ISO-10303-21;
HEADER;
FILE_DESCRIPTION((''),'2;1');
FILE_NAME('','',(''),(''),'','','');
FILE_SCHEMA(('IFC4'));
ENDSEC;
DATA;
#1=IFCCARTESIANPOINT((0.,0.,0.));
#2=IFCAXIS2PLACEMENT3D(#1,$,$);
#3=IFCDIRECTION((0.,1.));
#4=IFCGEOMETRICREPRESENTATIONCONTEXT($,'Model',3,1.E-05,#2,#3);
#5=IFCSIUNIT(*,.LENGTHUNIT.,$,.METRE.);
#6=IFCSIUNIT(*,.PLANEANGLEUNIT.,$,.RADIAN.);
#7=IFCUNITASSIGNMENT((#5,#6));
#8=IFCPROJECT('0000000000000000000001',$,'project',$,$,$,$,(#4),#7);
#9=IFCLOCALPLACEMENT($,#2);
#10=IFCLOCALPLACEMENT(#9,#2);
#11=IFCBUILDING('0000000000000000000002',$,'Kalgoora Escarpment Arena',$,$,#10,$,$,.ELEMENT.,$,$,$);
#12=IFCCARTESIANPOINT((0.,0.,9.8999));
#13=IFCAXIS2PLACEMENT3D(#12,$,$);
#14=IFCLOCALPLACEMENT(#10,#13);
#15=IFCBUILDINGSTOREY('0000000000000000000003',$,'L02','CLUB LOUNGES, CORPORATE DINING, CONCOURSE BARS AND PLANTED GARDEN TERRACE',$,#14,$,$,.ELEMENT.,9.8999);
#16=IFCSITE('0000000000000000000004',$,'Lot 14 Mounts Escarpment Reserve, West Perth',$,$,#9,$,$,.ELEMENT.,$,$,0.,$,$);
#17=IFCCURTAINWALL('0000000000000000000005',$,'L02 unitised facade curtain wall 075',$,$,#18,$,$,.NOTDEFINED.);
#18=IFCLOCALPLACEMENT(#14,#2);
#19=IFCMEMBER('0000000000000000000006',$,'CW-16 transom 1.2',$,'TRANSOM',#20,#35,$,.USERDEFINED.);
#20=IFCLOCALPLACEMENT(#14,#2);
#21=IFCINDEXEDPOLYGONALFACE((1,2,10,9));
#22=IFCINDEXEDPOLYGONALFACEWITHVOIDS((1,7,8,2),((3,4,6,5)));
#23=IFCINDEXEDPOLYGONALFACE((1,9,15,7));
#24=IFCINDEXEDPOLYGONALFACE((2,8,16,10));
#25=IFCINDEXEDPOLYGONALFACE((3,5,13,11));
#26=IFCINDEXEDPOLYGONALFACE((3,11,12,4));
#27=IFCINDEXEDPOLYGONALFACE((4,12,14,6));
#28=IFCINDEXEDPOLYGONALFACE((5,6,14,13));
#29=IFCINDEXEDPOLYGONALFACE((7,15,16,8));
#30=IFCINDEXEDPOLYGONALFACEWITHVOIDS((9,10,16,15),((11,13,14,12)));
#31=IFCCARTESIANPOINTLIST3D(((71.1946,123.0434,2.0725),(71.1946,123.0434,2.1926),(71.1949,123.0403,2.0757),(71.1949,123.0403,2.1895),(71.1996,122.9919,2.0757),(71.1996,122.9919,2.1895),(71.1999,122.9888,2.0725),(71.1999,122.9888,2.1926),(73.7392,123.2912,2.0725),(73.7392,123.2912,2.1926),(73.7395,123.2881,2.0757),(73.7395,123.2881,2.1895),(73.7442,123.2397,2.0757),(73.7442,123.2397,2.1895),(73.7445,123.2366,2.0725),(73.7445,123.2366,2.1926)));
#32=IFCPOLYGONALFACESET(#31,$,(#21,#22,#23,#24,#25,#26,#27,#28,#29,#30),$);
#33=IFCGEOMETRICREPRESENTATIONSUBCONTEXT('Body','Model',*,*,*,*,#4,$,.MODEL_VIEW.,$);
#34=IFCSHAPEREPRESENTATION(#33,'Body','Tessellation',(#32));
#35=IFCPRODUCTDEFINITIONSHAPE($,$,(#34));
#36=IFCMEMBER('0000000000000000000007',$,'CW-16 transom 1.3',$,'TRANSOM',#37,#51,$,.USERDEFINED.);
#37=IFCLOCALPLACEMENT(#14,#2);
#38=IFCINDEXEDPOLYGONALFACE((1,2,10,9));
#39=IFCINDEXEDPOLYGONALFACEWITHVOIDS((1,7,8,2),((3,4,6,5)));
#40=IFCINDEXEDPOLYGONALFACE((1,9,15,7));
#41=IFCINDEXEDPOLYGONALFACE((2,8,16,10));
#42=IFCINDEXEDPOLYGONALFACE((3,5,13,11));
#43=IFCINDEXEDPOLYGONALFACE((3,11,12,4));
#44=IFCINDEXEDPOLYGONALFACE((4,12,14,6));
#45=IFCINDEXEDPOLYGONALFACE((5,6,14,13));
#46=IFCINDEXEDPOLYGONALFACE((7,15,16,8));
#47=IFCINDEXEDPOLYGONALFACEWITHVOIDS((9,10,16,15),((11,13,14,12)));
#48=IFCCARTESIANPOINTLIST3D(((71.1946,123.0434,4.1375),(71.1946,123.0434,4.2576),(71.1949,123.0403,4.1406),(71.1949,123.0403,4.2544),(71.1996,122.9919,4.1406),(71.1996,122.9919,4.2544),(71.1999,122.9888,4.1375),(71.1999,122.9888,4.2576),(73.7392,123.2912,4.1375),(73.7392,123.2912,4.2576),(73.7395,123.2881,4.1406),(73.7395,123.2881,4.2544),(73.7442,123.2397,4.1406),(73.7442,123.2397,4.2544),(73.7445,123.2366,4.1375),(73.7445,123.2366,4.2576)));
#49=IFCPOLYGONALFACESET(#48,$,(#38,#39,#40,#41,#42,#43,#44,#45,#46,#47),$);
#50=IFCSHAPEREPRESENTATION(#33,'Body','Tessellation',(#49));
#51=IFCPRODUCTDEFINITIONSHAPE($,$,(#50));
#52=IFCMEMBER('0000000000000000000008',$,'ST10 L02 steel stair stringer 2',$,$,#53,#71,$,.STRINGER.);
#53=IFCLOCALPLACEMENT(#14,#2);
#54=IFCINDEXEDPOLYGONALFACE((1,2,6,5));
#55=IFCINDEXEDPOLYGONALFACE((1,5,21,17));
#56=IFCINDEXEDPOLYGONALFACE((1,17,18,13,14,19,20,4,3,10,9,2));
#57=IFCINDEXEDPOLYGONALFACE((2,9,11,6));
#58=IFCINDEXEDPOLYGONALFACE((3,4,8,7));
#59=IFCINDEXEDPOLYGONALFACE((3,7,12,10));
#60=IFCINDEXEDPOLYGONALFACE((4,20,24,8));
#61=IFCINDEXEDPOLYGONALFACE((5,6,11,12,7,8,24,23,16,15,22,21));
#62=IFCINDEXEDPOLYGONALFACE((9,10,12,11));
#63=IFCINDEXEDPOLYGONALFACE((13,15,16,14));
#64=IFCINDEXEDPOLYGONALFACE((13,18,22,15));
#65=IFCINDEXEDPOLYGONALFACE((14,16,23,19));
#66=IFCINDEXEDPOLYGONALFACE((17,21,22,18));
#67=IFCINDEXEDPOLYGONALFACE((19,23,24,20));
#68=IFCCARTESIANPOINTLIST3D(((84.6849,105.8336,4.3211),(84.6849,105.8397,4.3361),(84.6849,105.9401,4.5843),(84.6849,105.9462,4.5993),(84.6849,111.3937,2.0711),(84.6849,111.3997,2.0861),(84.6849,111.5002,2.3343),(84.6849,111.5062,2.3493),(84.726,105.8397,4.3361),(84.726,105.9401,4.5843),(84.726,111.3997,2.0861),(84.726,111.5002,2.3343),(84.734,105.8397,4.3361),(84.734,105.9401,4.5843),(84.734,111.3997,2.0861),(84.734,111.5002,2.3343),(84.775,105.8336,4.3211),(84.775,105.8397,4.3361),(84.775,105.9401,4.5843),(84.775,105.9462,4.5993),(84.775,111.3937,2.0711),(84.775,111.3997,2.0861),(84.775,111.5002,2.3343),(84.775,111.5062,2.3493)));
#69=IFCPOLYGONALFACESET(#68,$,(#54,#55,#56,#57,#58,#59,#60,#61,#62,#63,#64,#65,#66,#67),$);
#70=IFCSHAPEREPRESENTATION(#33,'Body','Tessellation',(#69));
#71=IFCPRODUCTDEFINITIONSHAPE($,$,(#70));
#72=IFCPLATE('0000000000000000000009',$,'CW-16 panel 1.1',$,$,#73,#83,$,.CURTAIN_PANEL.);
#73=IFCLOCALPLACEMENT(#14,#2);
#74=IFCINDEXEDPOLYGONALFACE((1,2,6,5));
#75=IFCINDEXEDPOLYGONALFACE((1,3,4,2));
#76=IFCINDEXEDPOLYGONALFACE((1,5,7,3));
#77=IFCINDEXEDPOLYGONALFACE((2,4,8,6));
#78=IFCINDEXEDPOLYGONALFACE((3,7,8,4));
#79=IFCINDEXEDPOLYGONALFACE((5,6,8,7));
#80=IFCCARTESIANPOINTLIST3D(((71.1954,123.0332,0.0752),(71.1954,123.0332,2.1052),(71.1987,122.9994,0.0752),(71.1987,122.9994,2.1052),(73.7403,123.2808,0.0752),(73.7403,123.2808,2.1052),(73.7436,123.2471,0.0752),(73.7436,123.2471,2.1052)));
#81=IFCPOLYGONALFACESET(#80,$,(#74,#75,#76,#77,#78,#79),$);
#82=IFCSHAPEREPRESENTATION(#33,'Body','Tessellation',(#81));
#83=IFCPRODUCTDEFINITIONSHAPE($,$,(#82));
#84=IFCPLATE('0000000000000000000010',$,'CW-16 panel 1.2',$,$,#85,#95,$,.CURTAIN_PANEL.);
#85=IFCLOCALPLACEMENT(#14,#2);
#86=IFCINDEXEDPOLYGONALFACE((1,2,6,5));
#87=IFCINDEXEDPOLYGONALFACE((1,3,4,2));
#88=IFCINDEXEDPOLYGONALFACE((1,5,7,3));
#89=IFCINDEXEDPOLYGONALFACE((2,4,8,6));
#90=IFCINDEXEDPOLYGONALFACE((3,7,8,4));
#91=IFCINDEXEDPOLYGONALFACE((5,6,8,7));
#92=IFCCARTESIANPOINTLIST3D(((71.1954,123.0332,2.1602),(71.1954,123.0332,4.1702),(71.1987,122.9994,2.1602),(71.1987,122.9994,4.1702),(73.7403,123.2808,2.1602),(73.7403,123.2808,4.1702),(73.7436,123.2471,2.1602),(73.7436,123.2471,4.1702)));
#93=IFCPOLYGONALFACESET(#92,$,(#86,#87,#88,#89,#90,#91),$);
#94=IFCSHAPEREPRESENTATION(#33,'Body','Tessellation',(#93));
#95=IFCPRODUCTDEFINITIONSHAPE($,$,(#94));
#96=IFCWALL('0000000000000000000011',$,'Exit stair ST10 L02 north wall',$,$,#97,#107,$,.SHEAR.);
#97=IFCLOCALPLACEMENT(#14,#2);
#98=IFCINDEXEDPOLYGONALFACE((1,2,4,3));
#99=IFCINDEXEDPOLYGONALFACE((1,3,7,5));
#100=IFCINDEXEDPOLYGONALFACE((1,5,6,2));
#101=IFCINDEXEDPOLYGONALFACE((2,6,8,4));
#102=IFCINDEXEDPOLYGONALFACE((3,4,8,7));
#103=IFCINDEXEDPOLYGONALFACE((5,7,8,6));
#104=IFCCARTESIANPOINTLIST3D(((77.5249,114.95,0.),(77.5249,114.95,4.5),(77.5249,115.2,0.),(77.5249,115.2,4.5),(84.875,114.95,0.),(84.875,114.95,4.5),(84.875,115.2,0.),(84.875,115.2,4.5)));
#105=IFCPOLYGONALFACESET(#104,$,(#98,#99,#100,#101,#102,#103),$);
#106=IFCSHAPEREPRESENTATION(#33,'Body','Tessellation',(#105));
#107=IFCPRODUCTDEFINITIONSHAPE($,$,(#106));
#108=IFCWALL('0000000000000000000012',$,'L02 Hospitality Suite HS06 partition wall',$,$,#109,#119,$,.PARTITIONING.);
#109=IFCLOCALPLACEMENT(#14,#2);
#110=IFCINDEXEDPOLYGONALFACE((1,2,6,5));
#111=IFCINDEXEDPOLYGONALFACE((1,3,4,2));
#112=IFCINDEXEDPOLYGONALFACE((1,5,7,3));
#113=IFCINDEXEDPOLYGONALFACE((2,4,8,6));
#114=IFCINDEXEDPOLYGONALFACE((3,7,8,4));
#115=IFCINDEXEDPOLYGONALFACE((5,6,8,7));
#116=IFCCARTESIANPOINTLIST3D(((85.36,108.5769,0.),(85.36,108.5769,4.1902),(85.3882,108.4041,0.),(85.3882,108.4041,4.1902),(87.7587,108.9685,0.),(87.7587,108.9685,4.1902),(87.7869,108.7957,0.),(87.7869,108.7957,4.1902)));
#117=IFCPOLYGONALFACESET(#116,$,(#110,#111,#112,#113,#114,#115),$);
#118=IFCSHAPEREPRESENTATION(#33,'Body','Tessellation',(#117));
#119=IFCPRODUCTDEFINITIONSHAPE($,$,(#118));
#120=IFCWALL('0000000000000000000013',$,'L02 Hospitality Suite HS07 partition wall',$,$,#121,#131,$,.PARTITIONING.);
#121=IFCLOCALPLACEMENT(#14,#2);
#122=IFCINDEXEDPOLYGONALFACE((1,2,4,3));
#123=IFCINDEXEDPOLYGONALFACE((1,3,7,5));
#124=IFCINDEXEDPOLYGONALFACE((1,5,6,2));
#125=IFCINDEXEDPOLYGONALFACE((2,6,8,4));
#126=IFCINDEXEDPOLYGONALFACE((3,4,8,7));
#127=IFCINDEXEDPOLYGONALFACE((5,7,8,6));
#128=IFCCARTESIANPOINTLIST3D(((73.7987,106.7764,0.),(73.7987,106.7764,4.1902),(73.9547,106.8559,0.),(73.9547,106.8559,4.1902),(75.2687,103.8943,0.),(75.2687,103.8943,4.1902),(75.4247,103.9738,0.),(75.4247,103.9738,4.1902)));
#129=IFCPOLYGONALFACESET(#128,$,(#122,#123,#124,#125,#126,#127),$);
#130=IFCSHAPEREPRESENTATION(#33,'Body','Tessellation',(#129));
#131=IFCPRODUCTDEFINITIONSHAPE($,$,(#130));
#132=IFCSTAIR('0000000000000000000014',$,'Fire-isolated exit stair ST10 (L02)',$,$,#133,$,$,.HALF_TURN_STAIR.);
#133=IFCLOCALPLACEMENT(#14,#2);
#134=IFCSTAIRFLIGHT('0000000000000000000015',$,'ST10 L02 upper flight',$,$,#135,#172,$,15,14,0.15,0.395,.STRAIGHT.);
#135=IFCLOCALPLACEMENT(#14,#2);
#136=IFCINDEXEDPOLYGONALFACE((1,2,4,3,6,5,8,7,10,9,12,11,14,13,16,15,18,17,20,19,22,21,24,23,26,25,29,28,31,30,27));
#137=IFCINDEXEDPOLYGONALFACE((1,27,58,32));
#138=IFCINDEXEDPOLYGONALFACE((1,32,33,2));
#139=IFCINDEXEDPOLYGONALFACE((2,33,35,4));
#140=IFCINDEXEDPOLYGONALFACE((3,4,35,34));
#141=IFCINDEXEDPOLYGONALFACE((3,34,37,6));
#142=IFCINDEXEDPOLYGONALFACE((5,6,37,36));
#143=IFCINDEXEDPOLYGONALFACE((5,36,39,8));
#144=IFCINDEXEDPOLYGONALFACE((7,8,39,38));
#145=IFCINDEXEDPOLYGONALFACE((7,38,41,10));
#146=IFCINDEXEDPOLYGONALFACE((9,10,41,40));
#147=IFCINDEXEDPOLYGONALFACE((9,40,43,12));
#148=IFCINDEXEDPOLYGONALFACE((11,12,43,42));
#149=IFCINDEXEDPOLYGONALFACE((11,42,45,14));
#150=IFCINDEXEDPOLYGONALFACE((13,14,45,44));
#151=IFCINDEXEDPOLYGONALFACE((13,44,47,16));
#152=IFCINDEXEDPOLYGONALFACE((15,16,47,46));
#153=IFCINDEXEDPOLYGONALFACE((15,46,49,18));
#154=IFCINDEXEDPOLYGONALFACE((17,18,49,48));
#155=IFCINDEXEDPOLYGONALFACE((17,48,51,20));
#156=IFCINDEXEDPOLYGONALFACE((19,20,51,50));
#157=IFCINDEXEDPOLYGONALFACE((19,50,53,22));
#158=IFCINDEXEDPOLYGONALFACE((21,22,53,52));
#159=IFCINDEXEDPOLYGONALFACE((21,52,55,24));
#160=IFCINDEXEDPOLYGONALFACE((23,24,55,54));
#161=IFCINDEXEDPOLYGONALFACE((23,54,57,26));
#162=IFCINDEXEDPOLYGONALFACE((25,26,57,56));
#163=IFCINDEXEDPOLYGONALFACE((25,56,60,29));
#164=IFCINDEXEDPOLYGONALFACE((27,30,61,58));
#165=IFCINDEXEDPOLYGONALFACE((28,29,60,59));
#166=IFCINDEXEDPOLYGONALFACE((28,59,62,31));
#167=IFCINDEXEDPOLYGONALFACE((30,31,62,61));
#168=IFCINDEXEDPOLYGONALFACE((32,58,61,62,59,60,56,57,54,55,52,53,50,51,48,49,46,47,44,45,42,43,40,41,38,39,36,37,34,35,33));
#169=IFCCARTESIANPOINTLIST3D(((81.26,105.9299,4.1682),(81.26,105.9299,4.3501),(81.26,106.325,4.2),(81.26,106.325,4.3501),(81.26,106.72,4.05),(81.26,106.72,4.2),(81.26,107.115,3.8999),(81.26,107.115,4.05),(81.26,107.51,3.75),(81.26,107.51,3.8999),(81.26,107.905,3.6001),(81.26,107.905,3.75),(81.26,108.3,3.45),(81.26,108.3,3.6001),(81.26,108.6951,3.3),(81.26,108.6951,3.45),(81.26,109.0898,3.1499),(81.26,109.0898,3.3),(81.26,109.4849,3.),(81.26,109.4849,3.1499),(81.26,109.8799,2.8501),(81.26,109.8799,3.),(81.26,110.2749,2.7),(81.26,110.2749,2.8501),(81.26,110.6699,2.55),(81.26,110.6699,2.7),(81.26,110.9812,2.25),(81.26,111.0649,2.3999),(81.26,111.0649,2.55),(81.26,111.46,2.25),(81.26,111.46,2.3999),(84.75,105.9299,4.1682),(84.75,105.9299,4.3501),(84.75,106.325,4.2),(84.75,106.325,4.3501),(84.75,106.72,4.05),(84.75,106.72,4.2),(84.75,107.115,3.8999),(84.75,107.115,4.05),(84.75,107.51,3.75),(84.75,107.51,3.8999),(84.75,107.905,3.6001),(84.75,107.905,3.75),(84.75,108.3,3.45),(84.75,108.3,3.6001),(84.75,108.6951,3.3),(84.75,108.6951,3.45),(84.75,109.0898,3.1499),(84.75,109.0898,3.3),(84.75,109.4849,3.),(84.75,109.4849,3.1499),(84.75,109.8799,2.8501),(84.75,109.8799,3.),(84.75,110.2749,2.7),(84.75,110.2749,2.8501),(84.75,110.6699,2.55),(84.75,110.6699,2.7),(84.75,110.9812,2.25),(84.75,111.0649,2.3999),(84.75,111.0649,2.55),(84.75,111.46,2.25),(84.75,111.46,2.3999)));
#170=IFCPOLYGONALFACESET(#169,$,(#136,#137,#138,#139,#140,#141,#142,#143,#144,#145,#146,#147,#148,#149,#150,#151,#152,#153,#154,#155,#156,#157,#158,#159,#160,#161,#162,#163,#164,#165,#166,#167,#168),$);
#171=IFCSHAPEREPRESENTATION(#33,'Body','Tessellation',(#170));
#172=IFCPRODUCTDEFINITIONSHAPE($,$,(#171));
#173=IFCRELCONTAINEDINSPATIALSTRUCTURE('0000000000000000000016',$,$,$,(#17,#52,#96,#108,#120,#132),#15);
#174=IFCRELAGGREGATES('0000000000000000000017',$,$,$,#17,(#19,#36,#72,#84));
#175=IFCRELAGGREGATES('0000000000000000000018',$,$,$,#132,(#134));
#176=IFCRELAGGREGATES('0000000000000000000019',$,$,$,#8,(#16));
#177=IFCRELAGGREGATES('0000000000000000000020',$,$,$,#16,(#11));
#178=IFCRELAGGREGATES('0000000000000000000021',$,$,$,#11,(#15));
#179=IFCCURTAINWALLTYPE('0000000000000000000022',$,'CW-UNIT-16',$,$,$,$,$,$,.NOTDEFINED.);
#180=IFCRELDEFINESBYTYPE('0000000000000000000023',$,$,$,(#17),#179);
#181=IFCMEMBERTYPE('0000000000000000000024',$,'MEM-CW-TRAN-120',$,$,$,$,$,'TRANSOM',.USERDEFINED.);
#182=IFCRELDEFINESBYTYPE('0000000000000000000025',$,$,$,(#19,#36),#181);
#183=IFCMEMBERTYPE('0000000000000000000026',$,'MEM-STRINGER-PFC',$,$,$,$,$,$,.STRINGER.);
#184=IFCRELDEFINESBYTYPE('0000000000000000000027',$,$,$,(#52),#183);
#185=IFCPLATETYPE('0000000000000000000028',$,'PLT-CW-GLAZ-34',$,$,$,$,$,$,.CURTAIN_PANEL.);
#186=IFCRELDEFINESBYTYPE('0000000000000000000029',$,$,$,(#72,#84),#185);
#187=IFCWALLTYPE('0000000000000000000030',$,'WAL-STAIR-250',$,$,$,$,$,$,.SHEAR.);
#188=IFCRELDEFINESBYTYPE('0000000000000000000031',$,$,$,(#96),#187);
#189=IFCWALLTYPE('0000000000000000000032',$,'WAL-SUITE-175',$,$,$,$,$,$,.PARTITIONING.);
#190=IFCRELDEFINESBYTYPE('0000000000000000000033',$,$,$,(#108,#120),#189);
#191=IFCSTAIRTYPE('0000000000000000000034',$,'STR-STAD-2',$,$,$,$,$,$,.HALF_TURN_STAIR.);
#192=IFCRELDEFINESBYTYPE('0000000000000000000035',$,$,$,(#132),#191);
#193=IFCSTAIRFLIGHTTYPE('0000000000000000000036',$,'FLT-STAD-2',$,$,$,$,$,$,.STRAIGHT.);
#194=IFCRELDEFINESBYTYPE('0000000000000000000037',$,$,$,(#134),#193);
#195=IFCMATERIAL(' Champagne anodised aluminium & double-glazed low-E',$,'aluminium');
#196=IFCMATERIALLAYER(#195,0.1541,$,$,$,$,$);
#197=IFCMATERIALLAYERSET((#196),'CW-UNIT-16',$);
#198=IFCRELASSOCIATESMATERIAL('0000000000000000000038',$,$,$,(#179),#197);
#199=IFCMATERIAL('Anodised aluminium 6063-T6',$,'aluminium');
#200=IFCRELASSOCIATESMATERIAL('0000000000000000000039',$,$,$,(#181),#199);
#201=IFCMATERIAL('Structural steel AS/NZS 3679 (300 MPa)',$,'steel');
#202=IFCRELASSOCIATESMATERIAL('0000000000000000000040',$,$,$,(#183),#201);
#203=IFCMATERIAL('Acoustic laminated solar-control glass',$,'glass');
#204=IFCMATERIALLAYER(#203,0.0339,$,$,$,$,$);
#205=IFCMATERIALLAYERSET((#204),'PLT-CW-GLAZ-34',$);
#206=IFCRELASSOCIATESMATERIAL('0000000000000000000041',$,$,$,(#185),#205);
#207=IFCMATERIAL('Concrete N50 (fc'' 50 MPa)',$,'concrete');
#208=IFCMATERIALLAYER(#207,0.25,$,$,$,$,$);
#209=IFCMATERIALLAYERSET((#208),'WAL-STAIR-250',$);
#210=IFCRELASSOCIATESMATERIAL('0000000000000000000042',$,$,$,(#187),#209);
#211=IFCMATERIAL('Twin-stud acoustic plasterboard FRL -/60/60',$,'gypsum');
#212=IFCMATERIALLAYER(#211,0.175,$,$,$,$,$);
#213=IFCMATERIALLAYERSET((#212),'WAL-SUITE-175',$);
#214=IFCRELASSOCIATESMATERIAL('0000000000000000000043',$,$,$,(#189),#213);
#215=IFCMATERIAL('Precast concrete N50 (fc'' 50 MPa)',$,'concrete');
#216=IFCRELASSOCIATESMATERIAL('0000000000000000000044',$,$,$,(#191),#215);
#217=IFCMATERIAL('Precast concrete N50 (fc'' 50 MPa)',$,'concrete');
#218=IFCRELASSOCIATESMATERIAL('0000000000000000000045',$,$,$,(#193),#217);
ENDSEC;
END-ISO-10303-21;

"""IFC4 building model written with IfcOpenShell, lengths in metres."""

from ifc_helpers import new_model, si_unit, direction, frame, frame_2d, origin, origin_2d, place, context, subcontext, project, spatial, polyline, rectangle, hollow_rectangle, i_section, outline, extrude, material, layer, layer_set, material_profile, profile_set, type_object, element, aggregate, save


model = new_model("IFC4")

# Units and contexts
model_context = context("Model", 3, precision=1e-05, world=origin(), true_north=direction((0.0, 1.0)))
body_context = subcontext(model_context, "Body", "Model", "MODEL_VIEW")
ifc_project = project(units=[si_unit("LENGTHUNIT", "METRE"), si_unit("PLANEANGLEUNIT", "RADIAN")], contexts=[model_context])

# Site, building, storey
site_placement = place(None, origin())
site = spatial("IfcSite", under=ifc_project, at=site_placement, Name="Lot 14 Mounts Escarpment Reserve, West Perth", CompositionType="ELEMENT", RefElevation=0.0)
building_placement = place(site_placement, origin())
building = spatial("IfcBuilding", under=site, at=building_placement, Name="Kalgoora Escarpment Arena", CompositionType="ELEMENT")
storey_placement = place(building_placement, frame((0.0, 0.0, 9.8999)))
storey = spatial("IfcBuildingStorey", under=building, at=storey_placement, Name="L02", Description="CLUB LOUNGES, CORPORATE DINING, CONCOURSE BARS AND PLANTED GARDEN TERRACE", CompositionType="ELEMENT", Elevation=9.8999)

# Curtain wall, members
ifc_material_1 = material(Name=" Champagne anodised aluminium & double-glazed low-E", Category="aluminium")
ifc_layer_1 = layer(ifc_material_1, 0.1541)
ifc_layer_set_1 = layer_set([ifc_layer_1], Name="CW-UNIT-16")
curtain_wall_type = type_object("IfcCurtainWallType", Name="CW-UNIT-16", PredefinedType="NOTDEFINED", material=ifc_layer_set_1)
curtain_wall_placement = place(storey_placement, origin())
curtain_wall = element("IfcCurtainWall", 1, at=curtain_wall_placement, inside=storey, type_object=curtain_wall_type, Name="L02 unitised facade curtain wall 075", PredefinedType="NOTDEFINED")
ifc_material_2 = material(Name="Anodised aluminium 6063-T6", Category="aluminium")
ifc_material_profile_1 = material_profile(ifc_material_2, hollow_rectangle(XDim=0.0549, YDim=0.1201, WallThickness=0.0032, at=origin_2d()))
ifc_profile_set_1 = profile_set([ifc_material_profile_1], Name="Anodised aluminium 6063-T6")
member_type_1 = type_object("IfcMemberType", Name="MEM-CW-TRAN-120", ElementType="TRANSOM", PredefinedType="USERDEFINED", material=ifc_profile_set_1)
member_1_placement = place(storey_placement, frame((71.1973, 123.0161, 2.1326), z_axis=(0.995292, 0.096922, 0.0), x_axis=(-0.096922, 0.995292, 0.0)))
member_1 = element("IfcMember", 2, at=member_1_placement, type_object=member_type_1, Name="CW-16 transom 1.2", ObjectType="TRANSOM", PredefinedType="USERDEFINED", context=body_context, shape_type="SweptSolid", body=[
    extrude(hollow_rectangle(XDim=0.0549, YDim=0.1201, WallThickness=0.0032, at=origin_2d()), origin(), (0.0, 0.0, 1.0), 2.5566),
])
member_2_placement = place(storey_placement, frame((71.1973, 123.0161, 4.1975), z_axis=(0.995292, 0.096922, 0.0), x_axis=(-0.096922, 0.995292, 0.0)))
member_2 = element("IfcMember", 3, at=member_2_placement, type_object=member_type_1, Name="CW-16 transom 1.3", ObjectType="TRANSOM", PredefinedType="USERDEFINED", context=body_context, shape_type="SweptSolid", body=[
    extrude(hollow_rectangle(XDim=0.0549, YDim=0.1201, WallThickness=0.0032, at=origin_2d()), origin(), (0.0, 0.0, 1.0), 2.5566),
])

# Member
ifc_material_3 = material(Name="Structural steel AS/NZS 3679 (300 MPa)", Category="steel")
ifc_material_profile_2 = material_profile(ifc_material_3, i_section(OverallWidth=0.0901, OverallDepth=0.3, WebThickness=0.0081, FlangeThickness=0.0161, at=origin_2d()))
ifc_profile_set_2 = profile_set([ifc_material_profile_2], Name="Structural steel AS/NZS 3679 (300 MPa)")
member_type_2 = type_object("IfcMemberType", Name="MEM-STRINGER-PFC", PredefinedType="STRINGER", material=ifc_profile_set_2)
member_3_placement = place(storey_placement, frame((84.73, 111.45, 2.2102), z_axis=(0.0, -0.926976, 0.375121), x_axis=(1.0, 0.0, 0.0)))
element("IfcMember", 4, at=member_3_placement, inside=storey, type_object=member_type_2, Name="ST10 L02 steel stair stringer 2", PredefinedType="STRINGER", context=body_context, shape_type="SweptSolid", body=[
    extrude(i_section(OverallWidth=0.0901, OverallDepth=0.3, WebThickness=0.0081, FlangeThickness=0.0161, at=origin_2d()), origin(), (0.0, 0.0, 1.0), 5.998),
])

# Plates
ifc_material_4 = material(Name="Acoustic laminated solar-control glass", Category="glass")
ifc_layer_2 = layer(ifc_material_4, 0.0339)
ifc_layer_set_2 = layer_set([ifc_layer_2], Name="PLT-CW-GLAZ-34")
plate_type = type_object("IfcPlateType", Name="PLT-CW-GLAZ-34", PredefinedType="CURTAIN_PANEL", material=ifc_layer_set_2)
plate_1_placement = place(storey_placement, frame((72.4695, 123.1401, 0.0752), z_axis=(0.0, 0.0, 1.0), x_axis=(0.995299, 0.096853, 0.0)))
plate_1 = element("IfcPlate", 5, at=plate_1_placement, type_object=plate_type, Name="CW-16 panel 1.1", PredefinedType="CURTAIN_PANEL", context=body_context, shape_type="SweptSolid", body=[
    extrude(rectangle(XDim=2.5569, YDim=0.0339, at=origin_2d()), origin(), (0.0, 0.0, 1.0), 2.03),
])
plate_2_placement = place(storey_placement, frame((72.4695, 123.1401, 2.1602), z_axis=(0.0, 0.0, 1.0), x_axis=(0.995299, 0.096853, 0.0)))
plate_2 = element("IfcPlate", 6, at=plate_2_placement, type_object=plate_type, Name="CW-16 panel 1.2", PredefinedType="CURTAIN_PANEL", context=body_context, shape_type="SweptSolid", body=[
    extrude(rectangle(XDim=2.5569, YDim=0.0339, at=origin_2d()), origin(), (0.0, 0.0, 1.0), 2.01),
])
aggregate(curtain_wall, [member_1, member_2, plate_1, plate_2])

# Walls
ifc_material_5 = material(Name="Concrete N50 (fc' 50 MPa)", Category="concrete")
ifc_layer_3 = layer(ifc_material_5, 0.25)
ifc_layer_set_3 = layer_set([ifc_layer_3], Name="WAL-STAIR-250")
wall_type_1 = type_object("IfcWallType", Name="WAL-STAIR-250", PredefinedType="SHEAR", material=ifc_layer_set_3)
wall_1_placement = place(storey_placement, frame((77.5249, 115.075, 0.0), z_axis=(0.0, 0.0, 1.0), x_axis=(1.0, 0.0, 0.0)))
element("IfcWall", 7, at=wall_1_placement, inside=storey, type_object=wall_type_1, Name="Exit stair ST10 L02 north wall", PredefinedType="SHEAR", context=body_context, shape_type="SweptSolid", body=[
    extrude(rectangle(XDim=7.3501, YDim=0.25, at=frame_2d((3.675, 0.0))), origin(), (0.0, 0.0, 1.0), 4.5),
])
ifc_material_6 = material(Name="Twin-stud acoustic plasterboard FRL -/60/60", Category="gypsum")
ifc_layer_4 = layer(ifc_material_6, 0.175)
ifc_layer_set_4 = layer_set([ifc_layer_4], Name="WAL-SUITE-175")
wall_type_2 = type_object("IfcWallType", Name="WAL-SUITE-175", PredefinedType="PARTITIONING", material=ifc_layer_set_4)
wall_2_placement = place(storey_placement, frame((85.374, 108.4905, 0.0), z_axis=(0.0, 0.0, 1.0), x_axis=(0.986934, 0.161124, 0.0)))
element("IfcWall", 8, at=wall_2_placement, inside=storey, type_object=wall_type_2, Name="L02 Hospitality Suite HS06 partition wall", PredefinedType="PARTITIONING", context=body_context, shape_type="SweptSolid", body=[
    extrude(rectangle(XDim=2.4304, YDim=0.175, at=frame_2d((1.2153, 0.0))), origin(), (0.0, 0.0, 1.0), 4.1902),
])
wall_3_placement = place(storey_placement, frame((73.8767, 106.8162, 0.0), z_axis=(0.0, 0.0, 1.0), x_axis=(0.454353, -0.890822, 0.0)))
element("IfcWall", 9, at=wall_3_placement, inside=storey, type_object=wall_type_2, Name="L02 Hospitality Suite HS07 partition wall", PredefinedType="PARTITIONING", context=body_context, shape_type="SweptSolid", body=[
    extrude(rectangle(XDim=3.2354, YDim=0.175, at=frame_2d((1.6177, 0.0))), origin(), (0.0, 0.0, 1.0), 4.1902),
])

# Stair, stair flight
ifc_material_7 = material(Name="Precast concrete N50 (fc' 50 MPa)", Category="concrete")
stair_type = type_object("IfcStairType", Name="STR-STAD-2", PredefinedType="HALF_TURN_STAIR", material=ifc_material_7)
stair_placement = place(storey_placement, origin())
stair = element("IfcStair", 10, at=stair_placement, inside=storey, type_object=stair_type, Name="Fire-isolated exit stair ST10 (L02)", PredefinedType="HALF_TURN_STAIR")
ifc_material_8 = material(Name="Precast concrete N50 (fc' 50 MPa)", Category="concrete")
stair_flight_type = type_object("IfcStairFlightType", Name="FLT-STAD-2", PredefinedType="STRAIGHT", material=ifc_material_8)
stair_flight_placement = place(storey_placement, frame((83.0049, 111.46, 2.25), z_axis=(0.0, 0.0, 1.0), x_axis=(0.0, -1.0, 0.0)))
stair_flight = element("IfcStairFlight", 11, at=stair_flight_placement, type_object=stair_flight_type, Name="ST10 L02 upper flight", NumberOfRisers=15, NumberOfTreads=14, PredefinedType="STRAIGHT", RiserHeight=0.15, TreadLength=0.395, context=body_context, shape_type="SweptSolid", body=[
    extrude(outline(polyline([(0.0, 0.0), (0.0, 0.1499), (0.395, 0.1499), (0.395, 0.3), (0.79, 0.3), (0.79, 0.45), (1.1851, 0.45), (1.1851, 0.6001), (1.5801, 0.6001), (1.5801, 0.75), (1.9751, 0.75), (1.9751, 0.8999), (2.3701, 0.8999), (2.3701, 1.05), (2.7649, 1.05), (2.7649, 1.2), (3.1599, 1.2), (3.1599, 1.3501), (3.5549, 1.3501), (3.5549, 1.5), (3.95, 1.5), (3.95, 1.6499), (4.345, 1.6499), (4.345, 1.8), (4.74, 1.8), (4.74, 1.95), (5.135, 1.95), (5.135, 2.1001), (5.53, 2.1001), (5.53, 2.25), (5.53, 1.9182), (0.4788, 0.0), (0.0, 0.0)])), frame((0.0, 1.7451, 0.0), z_axis=(0.0, -1.0, 0.0), x_axis=(1.0, 0.0, 0.0)), (0.0, 0.0, 1.0), 3.49),
])
aggregate(stair, [stair_flight])

save(model, "model.ifc")
